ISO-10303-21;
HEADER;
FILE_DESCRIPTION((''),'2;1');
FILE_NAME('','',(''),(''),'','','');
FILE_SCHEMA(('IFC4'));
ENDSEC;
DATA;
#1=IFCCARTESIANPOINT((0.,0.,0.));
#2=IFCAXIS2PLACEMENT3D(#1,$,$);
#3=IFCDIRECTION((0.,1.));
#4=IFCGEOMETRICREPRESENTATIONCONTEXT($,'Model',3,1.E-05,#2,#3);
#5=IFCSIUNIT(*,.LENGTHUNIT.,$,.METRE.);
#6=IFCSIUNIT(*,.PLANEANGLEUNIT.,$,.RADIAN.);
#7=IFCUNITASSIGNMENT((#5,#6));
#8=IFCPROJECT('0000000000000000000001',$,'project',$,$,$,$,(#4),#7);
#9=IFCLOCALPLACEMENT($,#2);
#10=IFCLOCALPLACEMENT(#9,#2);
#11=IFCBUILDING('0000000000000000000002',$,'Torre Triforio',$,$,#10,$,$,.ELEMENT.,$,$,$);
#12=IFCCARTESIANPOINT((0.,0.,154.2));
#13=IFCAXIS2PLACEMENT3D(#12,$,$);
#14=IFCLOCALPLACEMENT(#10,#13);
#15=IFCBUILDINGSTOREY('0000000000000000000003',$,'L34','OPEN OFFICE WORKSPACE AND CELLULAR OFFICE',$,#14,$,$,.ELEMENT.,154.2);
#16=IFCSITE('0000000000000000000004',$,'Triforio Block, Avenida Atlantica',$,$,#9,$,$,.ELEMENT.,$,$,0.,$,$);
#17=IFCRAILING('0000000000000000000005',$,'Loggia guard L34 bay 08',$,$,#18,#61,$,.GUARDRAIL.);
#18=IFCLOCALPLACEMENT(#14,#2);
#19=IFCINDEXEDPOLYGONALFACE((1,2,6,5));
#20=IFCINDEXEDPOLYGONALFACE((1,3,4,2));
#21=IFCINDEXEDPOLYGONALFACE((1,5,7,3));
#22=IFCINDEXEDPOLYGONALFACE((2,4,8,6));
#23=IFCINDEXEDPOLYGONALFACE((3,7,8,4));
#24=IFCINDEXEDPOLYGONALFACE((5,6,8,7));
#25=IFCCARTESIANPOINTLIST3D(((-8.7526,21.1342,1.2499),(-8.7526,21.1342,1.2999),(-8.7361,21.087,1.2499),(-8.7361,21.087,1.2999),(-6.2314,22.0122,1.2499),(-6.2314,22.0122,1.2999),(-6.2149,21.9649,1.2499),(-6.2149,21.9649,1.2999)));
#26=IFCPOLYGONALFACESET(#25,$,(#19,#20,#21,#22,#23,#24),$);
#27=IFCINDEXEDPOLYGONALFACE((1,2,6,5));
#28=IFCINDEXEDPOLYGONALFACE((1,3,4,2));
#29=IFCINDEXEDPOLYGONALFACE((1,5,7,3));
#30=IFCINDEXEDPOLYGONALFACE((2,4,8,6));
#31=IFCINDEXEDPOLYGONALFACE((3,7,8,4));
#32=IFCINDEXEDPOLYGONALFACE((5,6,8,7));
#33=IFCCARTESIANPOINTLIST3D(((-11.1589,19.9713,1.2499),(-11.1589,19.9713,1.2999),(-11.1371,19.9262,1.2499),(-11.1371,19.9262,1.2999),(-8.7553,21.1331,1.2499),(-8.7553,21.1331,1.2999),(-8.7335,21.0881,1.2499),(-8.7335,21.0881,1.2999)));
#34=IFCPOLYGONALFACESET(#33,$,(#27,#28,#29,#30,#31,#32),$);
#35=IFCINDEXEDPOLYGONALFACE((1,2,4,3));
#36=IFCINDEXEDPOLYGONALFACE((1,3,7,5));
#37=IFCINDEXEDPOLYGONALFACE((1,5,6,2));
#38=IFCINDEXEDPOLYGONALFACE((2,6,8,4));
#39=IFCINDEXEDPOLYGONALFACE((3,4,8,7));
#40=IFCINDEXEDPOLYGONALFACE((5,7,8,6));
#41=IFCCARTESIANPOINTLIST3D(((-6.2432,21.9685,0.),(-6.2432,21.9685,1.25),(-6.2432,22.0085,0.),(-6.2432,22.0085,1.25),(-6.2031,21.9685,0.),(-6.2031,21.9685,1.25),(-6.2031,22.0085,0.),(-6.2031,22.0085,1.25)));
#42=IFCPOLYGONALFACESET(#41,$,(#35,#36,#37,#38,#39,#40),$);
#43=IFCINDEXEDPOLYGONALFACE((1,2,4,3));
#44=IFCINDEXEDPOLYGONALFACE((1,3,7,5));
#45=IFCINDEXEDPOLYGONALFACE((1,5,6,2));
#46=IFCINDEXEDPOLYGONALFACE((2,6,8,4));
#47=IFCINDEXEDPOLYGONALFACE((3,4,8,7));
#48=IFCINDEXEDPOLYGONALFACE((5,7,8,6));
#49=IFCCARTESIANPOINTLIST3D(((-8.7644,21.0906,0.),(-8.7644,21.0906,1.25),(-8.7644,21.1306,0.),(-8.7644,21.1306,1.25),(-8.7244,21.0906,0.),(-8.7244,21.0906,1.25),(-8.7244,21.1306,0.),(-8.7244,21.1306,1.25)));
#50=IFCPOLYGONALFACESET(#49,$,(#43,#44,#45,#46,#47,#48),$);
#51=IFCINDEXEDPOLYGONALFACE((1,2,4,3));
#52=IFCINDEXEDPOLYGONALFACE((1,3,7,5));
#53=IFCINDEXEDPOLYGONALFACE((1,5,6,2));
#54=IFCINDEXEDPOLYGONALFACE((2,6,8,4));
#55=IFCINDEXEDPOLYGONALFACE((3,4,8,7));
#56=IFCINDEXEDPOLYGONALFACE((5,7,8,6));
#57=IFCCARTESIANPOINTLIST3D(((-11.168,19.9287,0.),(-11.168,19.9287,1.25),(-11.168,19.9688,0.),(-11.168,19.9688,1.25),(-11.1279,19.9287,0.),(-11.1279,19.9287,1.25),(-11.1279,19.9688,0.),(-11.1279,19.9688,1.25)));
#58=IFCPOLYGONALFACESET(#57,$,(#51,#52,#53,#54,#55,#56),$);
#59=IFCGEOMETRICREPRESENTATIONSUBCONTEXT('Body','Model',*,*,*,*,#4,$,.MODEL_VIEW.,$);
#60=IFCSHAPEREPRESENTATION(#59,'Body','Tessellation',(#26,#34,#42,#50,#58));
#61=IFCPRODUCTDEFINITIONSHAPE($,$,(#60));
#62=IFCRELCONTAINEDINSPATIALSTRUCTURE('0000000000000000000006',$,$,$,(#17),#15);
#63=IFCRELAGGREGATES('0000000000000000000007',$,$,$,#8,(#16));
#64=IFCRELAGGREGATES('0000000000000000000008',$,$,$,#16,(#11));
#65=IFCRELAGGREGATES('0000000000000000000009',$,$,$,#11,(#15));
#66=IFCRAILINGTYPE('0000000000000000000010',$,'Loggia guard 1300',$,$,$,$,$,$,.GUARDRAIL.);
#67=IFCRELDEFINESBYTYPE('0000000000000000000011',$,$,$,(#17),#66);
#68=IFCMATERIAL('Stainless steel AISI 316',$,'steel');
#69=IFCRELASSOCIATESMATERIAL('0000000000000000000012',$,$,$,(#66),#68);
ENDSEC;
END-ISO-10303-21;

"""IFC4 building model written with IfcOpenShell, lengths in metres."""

from ifc_helpers import new_model, si_unit, direction, frame, origin, origin_2d, place, context, subcontext, project, spatial, rectangle, extrude, material, type_object, element, save


model = new_model("IFC4")

# Units and contexts
model_context = context("Model", 3, precision=1e-05, world=origin(), true_north=direction((0.0, 1.0)))
body_context = subcontext(model_context, "Body", "Model", "MODEL_VIEW")
ifc_project = project(units=[si_unit("LENGTHUNIT", "METRE"), si_unit("PLANEANGLEUNIT", "RADIAN")], contexts=[model_context])

# Site, building, storey
site_placement = place(None, origin())
site = spatial("IfcSite", under=ifc_project, at=site_placement, Name="Triforio Block, Avenida Atlantica", CompositionType="ELEMENT", RefElevation=0.0)
building_placement = place(site_placement, origin())
building = spatial("IfcBuilding", under=site, at=building_placement, Name="Torre Triforio", CompositionType="ELEMENT")
storey_placement = place(building_placement, frame((0.0, 0.0, 154.2)))
storey = spatial("IfcBuildingStorey", under=building, at=storey_placement, Name="L34", Description="OPEN OFFICE WORKSPACE AND CELLULAR OFFICE", CompositionType="ELEMENT", Elevation=154.2)

# Railing
ifc_material_1 = material(Name="Stainless steel AISI 316", Category="steel")
railing_type_1 = type_object("IfcRailingType", Name="Loggia guard 1300", PredefinedType="GUARDRAIL", material=ifc_material_1)
railing_1_placement = place(storey_placement, frame((-6.2231, 21.9885, 0.0)))
element("IfcRailing", 1, at=railing_1_placement, inside=storey, type_object=railing_type_1, Name="Loggia guard L34 bay 08", PredefinedType="GUARDRAIL", context=body_context, shape_type="SweptSolid", body=[
    extrude(rectangle(XDim=0.05, YDim=0.05, at=origin_2d()), frame((0.0, 0.0, 1.2749), z_axis=(-0.944383, -0.328847, 0.0), x_axis=(0.328847, -0.944383, 0.0)), (0.0, 0.0, 1.0), 2.6697),
    extrude(rectangle(XDim=0.05, YDim=0.05, at=origin_2d()), frame((-2.5212, -0.8779, 1.2749), z_axis=(-0.900328, -0.435212, 0.0), x_axis=(0.435212, -0.900328, 0.0)), (0.0, 0.0, 1.0), 2.6697),
    extrude(rectangle(XDim=0.04, YDim=0.04, at=origin_2d()), origin(), (0.0, 0.0, 1.0), 1.25),
    extrude(rectangle(XDim=0.04, YDim=0.04, at=origin_2d()), frame((-2.5212, -0.8779, 0.0)), (0.0, 0.0, 1.0), 1.25),
    extrude(rectangle(XDim=0.04, YDim=0.04, at=origin_2d()), frame((-4.9248, -2.0398, 0.0)), (0.0, 0.0, 1.0), 1.25),
])

save(model, "model.ifc")
